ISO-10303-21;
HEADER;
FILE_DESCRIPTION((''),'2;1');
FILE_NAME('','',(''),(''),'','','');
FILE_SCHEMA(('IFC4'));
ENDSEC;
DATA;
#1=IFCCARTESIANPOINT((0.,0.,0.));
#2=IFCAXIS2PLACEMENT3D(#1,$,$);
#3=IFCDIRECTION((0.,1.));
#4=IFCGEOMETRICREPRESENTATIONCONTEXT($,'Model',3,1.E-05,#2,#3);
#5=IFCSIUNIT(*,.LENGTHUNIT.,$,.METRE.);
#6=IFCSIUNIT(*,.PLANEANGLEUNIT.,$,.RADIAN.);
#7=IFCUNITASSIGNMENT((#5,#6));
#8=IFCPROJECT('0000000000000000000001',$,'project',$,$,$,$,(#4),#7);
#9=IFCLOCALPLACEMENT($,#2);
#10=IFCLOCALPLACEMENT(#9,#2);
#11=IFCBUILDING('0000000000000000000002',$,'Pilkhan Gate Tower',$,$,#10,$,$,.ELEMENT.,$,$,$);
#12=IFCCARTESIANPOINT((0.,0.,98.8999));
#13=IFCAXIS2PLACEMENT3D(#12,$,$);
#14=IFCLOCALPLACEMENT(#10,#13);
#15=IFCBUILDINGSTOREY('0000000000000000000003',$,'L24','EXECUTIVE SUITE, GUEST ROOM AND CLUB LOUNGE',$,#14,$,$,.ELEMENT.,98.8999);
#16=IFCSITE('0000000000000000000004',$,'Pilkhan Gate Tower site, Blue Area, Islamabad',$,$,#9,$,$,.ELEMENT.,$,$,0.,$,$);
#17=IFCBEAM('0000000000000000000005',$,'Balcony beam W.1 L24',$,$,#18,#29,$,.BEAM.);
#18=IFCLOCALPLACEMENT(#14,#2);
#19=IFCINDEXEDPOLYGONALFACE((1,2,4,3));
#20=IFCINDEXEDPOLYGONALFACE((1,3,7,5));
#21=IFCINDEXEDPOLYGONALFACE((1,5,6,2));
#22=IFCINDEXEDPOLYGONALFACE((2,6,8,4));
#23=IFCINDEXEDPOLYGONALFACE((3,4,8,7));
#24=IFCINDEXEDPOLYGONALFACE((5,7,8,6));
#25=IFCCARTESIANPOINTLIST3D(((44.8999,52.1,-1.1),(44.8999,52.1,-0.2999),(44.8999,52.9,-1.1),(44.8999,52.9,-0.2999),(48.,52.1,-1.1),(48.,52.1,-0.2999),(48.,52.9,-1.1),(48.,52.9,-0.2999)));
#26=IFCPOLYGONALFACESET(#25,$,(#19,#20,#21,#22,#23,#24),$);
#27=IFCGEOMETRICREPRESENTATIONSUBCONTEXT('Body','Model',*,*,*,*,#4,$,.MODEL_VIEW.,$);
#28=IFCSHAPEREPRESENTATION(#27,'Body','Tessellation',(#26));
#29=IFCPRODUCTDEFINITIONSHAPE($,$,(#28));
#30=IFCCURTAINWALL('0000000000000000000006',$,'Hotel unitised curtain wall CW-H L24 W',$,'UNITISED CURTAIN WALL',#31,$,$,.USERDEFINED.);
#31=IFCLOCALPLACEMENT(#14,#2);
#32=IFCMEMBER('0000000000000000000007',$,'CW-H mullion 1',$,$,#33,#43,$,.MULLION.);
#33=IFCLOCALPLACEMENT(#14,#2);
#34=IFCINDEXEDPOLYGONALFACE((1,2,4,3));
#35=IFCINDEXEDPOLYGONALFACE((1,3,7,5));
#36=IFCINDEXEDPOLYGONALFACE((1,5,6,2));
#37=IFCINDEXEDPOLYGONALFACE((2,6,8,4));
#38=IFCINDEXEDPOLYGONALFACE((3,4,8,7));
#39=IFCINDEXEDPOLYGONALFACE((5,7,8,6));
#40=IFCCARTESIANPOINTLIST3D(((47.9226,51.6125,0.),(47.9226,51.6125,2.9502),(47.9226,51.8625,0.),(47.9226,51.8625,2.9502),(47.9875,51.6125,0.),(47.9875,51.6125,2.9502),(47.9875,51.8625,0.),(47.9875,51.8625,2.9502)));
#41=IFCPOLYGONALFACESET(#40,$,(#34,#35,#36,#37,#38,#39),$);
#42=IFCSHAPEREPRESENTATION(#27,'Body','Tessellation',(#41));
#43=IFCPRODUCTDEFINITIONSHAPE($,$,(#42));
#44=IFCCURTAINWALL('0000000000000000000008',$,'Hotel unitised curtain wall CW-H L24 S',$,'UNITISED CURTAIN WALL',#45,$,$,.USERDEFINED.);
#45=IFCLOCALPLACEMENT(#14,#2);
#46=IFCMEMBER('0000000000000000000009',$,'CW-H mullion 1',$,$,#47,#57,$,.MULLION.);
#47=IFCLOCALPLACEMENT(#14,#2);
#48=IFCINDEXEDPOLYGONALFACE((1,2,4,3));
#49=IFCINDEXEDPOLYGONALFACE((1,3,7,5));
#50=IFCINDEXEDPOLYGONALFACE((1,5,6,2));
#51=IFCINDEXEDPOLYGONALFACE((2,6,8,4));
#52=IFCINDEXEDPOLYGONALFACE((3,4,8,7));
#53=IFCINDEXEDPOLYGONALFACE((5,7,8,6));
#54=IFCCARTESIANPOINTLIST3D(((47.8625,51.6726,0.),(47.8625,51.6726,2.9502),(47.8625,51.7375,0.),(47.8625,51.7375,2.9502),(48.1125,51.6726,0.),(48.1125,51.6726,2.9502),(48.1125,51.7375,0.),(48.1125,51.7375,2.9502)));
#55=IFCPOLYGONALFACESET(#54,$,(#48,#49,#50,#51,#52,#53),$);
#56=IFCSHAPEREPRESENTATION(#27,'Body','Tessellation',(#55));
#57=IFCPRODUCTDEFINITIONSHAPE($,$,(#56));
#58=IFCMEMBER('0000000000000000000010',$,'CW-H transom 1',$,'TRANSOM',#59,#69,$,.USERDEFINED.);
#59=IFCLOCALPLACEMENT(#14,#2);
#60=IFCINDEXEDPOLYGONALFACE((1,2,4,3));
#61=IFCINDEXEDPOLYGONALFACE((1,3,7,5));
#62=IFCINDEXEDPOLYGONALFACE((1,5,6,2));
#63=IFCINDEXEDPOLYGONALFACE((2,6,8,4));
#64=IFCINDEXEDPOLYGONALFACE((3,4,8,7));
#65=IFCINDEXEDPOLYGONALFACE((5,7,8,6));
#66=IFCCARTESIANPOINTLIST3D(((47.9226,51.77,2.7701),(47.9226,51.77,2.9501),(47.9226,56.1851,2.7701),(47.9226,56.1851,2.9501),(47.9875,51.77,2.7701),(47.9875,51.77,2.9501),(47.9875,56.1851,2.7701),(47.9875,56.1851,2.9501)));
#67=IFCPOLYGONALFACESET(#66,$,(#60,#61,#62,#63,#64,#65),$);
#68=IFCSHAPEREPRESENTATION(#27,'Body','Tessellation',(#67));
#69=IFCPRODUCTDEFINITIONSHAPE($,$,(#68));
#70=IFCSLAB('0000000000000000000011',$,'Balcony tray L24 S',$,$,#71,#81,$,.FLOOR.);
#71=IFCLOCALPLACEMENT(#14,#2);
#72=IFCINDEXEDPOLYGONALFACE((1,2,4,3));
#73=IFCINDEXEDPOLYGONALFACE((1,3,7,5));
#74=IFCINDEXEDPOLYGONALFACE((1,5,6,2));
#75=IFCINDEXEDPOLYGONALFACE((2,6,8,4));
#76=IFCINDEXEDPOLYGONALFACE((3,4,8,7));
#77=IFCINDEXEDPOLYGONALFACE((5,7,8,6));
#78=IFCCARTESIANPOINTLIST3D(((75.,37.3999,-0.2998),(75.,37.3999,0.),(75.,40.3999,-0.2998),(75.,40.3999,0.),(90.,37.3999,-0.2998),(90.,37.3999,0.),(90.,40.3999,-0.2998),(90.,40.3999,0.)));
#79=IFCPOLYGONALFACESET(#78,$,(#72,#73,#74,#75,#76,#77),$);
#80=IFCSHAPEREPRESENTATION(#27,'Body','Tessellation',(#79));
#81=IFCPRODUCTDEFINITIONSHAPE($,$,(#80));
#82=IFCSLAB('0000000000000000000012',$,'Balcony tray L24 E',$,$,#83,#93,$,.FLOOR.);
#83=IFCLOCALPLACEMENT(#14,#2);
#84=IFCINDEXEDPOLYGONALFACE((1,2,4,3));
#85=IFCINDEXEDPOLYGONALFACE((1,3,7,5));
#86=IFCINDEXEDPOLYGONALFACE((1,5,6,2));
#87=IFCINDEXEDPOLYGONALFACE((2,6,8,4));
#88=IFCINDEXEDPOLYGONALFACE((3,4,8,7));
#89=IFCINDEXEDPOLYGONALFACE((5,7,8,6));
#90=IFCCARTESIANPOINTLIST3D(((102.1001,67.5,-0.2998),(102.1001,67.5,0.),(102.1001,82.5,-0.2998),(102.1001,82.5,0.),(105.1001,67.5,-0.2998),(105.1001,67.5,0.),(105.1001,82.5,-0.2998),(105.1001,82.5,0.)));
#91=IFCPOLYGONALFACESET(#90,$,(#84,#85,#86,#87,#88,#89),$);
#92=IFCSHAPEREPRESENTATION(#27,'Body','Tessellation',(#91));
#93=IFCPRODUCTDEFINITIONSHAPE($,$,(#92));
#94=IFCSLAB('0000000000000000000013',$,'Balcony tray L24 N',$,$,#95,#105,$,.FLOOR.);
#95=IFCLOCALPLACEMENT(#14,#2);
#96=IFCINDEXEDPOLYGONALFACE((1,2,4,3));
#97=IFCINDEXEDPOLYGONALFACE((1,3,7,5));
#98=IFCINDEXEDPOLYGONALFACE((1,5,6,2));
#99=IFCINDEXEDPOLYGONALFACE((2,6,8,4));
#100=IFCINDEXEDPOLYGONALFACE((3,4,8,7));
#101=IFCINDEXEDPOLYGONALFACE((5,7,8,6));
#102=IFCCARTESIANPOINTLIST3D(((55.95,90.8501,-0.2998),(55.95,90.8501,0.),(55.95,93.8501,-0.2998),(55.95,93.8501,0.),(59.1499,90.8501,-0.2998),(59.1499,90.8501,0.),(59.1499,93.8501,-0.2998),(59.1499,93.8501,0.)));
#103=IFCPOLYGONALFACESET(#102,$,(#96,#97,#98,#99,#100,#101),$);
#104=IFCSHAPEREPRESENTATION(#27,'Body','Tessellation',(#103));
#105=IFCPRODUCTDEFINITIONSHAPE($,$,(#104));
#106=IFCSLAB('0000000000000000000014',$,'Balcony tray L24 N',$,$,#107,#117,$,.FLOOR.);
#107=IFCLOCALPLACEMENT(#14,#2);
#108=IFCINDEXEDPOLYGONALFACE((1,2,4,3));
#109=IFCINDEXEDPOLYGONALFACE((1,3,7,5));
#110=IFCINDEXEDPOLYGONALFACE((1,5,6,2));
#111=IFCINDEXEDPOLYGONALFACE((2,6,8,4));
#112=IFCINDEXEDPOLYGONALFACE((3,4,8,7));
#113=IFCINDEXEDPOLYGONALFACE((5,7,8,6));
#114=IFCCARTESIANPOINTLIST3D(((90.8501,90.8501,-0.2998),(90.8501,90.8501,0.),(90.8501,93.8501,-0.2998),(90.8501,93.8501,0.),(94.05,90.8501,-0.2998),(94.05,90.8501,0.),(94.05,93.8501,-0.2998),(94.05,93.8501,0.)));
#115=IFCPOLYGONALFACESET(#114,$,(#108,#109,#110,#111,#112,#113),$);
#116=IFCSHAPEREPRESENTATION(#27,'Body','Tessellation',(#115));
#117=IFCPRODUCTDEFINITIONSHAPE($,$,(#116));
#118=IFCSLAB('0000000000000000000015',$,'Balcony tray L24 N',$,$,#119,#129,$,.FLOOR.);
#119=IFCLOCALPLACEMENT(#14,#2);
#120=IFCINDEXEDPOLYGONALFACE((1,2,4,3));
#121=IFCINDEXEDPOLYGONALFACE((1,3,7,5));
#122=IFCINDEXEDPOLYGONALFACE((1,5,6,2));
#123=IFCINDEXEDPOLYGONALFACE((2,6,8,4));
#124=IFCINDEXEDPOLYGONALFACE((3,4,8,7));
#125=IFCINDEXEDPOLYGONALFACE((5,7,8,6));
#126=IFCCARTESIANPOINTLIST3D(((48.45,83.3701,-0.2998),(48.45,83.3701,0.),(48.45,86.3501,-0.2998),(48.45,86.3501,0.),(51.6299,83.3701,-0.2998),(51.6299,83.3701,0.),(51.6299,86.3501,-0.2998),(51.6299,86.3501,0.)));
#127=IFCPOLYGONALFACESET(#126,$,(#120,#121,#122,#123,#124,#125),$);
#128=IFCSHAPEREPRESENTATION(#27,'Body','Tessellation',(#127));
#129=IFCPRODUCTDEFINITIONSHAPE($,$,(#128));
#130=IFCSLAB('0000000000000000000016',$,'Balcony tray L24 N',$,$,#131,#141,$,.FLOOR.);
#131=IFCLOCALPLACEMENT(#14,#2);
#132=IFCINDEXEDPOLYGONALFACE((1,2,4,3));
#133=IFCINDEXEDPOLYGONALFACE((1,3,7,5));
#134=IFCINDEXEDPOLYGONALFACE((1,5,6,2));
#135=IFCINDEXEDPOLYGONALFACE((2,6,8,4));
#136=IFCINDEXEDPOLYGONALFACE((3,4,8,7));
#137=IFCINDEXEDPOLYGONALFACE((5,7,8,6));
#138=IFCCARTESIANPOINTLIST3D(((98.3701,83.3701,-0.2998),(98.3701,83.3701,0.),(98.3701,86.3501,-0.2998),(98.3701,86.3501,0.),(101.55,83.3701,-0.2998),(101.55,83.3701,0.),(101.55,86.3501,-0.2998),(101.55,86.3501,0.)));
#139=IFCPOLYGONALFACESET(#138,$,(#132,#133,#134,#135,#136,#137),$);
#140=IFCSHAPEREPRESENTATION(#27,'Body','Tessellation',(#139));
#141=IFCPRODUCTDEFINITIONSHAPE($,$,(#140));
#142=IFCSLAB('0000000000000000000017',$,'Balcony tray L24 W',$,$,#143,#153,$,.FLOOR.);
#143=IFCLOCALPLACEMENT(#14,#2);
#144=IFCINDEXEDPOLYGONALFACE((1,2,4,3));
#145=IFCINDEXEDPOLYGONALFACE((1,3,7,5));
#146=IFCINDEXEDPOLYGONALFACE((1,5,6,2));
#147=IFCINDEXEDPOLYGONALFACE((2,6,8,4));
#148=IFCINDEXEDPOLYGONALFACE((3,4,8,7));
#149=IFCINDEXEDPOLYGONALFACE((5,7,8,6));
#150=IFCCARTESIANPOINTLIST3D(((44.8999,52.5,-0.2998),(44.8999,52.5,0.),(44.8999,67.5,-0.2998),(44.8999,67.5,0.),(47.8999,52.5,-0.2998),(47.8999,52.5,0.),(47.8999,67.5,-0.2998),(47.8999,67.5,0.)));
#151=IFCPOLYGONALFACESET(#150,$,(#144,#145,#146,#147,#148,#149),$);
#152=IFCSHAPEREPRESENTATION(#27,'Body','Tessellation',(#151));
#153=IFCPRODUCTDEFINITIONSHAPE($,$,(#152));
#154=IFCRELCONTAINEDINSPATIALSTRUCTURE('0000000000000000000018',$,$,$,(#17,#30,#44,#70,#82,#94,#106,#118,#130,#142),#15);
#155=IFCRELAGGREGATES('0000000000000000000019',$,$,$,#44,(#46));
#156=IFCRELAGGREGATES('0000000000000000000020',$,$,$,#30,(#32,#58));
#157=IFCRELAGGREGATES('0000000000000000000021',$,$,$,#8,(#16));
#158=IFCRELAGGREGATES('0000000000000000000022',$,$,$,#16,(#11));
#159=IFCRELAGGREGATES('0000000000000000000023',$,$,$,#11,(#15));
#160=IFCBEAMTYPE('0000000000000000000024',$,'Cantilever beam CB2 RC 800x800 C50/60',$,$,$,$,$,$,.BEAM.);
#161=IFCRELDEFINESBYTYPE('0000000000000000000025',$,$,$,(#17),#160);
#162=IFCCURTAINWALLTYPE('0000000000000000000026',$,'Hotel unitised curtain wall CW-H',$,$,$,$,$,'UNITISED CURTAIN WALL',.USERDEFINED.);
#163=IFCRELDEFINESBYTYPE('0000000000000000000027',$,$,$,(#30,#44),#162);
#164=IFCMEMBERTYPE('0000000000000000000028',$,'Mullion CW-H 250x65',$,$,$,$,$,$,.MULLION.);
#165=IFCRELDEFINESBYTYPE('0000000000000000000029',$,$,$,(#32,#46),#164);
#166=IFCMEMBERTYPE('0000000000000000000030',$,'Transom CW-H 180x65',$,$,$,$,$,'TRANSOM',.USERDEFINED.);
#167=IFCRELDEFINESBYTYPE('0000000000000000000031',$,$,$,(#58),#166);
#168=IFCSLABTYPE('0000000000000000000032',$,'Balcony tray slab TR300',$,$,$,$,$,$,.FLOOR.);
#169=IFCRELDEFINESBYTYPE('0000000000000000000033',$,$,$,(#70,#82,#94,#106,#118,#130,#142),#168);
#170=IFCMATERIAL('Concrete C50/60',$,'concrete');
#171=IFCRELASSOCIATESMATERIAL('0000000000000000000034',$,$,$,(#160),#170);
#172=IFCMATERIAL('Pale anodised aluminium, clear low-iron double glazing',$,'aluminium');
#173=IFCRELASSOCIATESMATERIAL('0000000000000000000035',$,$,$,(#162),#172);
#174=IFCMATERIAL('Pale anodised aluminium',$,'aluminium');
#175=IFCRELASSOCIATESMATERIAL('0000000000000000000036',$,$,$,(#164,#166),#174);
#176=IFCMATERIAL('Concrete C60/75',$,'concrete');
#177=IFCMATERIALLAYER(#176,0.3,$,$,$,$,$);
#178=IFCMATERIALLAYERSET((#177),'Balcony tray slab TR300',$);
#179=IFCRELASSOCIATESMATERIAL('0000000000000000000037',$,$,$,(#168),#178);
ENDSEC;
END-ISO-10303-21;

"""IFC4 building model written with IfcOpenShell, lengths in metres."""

from ifc_helpers import new_model, si_unit, direction, frame, origin, origin_2d, place, context, subcontext, project, spatial, polyline, rectangle, outline, extrude, material, layer, layer_set, material_profile, profile_set, type_object, element, aggregate, save


model = new_model("IFC4")

# Units and contexts
model_context = context("Model", 3, precision=1e-05, world=origin(), true_north=direction((0.0, 1.0)))
body_context = subcontext(model_context, "Body", "Model", "MODEL_VIEW")
ifc_project = project(units=[si_unit("LENGTHUNIT", "METRE"), si_unit("PLANEANGLEUNIT", "RADIAN")], contexts=[model_context])

# Site, building, storey
site_placement = place(None, origin())
site = spatial("IfcSite", under=ifc_project, at=site_placement, Name="Pilkhan Gate Tower site, Blue Area, Islamabad", CompositionType="ELEMENT", RefElevation=0.0)
building_placement = place(site_placement, origin())
building = spatial("IfcBuilding", under=site, at=building_placement, Name="Pilkhan Gate Tower", CompositionType="ELEMENT")
storey_placement = place(building_placement, frame((0.0, 0.0, 98.8999)))
storey = spatial("IfcBuildingStorey", under=building, at=storey_placement, Name="L24", Description="EXECUTIVE SUITE, GUEST ROOM AND CLUB LOUNGE", CompositionType="ELEMENT", Elevation=98.8999)

# Beam
ifc_material_1 = material(Name="Concrete C50/60", Category="concrete")
ifc_material_profile_1 = material_profile(ifc_material_1, rectangle(XDim=0.8, YDim=0.8, at=origin_2d()), Name="RC 800x800")
ifc_profile_set_1 = profile_set([ifc_material_profile_1], Name="Concrete C50/60")
beam_type = type_object("IfcBeamType", Name="Cantilever beam CB2 RC 800x800 C50/60", PredefinedType="BEAM", material=ifc_profile_set_1)
beam_placement = place(storey_placement, frame((48.0, 52.5, -0.7), z_axis=(-1.0, 0.0, 0.0), x_axis=(0.0, -1.0, 0.0)))
element("IfcBeam", 1, at=beam_placement, inside=storey, type_object=beam_type, Name="Balcony beam W.1 L24", PredefinedType="BEAM", context=body_context, shape_type="SweptSolid", body=[
    extrude(rectangle(XDim=0.8, YDim=0.8, at=origin_2d()), origin(), (0.0, 0.0, 1.0), 3.1001),
])

# Curtain walls, members
ifc_material_2 = material(Name="Pale anodised aluminium, clear low-iron double glazing", Category="aluminium")
curtain_wall_type = type_object("IfcCurtainWallType", Name="Hotel unitised curtain wall CW-H", ElementType="UNITISED CURTAIN WALL", PredefinedType="USERDEFINED", material=ifc_material_2)
curtain_wall_1_placement = place(storey_placement, origin())
curtain_wall_1 = element("IfcCurtainWall", 2, at=curtain_wall_1_placement, inside=storey, type_object=curtain_wall_type, Name="Hotel unitised curtain wall CW-H L24 W", ObjectType="UNITISED CURTAIN WALL", PredefinedType="USERDEFINED")
ifc_material_3 = material(Name="Pale anodised aluminium", Category="aluminium")
ifc_material_profile_2 = material_profile(ifc_material_3, rectangle(XDim=0.0649, YDim=0.25, at=origin_2d()), Name="Mullion 250x65")
ifc_profile_set_2 = profile_set([ifc_material_profile_2], Name="Pale anodised aluminium")
member_type_1 = type_object("IfcMemberType", Name="Mullion CW-H 250x65", PredefinedType="MULLION", material=ifc_profile_set_2)
member_1_placement = place(storey_placement, frame((47.9551, 51.7375, 0.0), z_axis=(0.0, 0.0, 1.0), x_axis=(-1.0, 0.0, 0.0)))
member_1 = element("IfcMember", 3, at=member_1_placement, type_object=member_type_1, Name="CW-H mullion 1", PredefinedType="MULLION", context=body_context, shape_type="SweptSolid", body=[
    extrude(rectangle(XDim=0.0649, YDim=0.25, at=origin_2d()), origin(), (0.0, 0.0, 1.0), 2.9502),
])
curtain_wall_2_placement = place(storey_placement, origin())
curtain_wall_2 = element("IfcCurtainWall", 4, at=curtain_wall_2_placement, inside=storey, type_object=curtain_wall_type, Name="Hotel unitised curtain wall CW-H L24 S", ObjectType="UNITISED CURTAIN WALL", PredefinedType="USERDEFINED")
member_2_placement = place(storey_placement, frame((47.9875, 51.7051, 0.0), z_axis=(0.0, 0.0, 1.0), x_axis=(0.0, 1.0, 0.0)))
member_2 = element("IfcMember", 5, at=member_2_placement, type_object=member_type_1, Name="CW-H mullion 1", PredefinedType="MULLION", context=body_context, shape_type="SweptSolid", body=[
    extrude(rectangle(XDim=0.0649, YDim=0.25, at=origin_2d()), origin(), (0.0, 0.0, 1.0), 2.9502),
])
aggregate(curtain_wall_2, [member_2])

# Member
ifc_material_profile_3 = material_profile(ifc_material_3, rectangle(XDim=0.0649, YDim=0.1799, at=origin_2d()), Name="Transom 180x65")
ifc_profile_set_3 = profile_set([ifc_material_profile_3], Name="Pale anodised aluminium")
member_type_2 = type_object("IfcMemberType", Name="Transom CW-H 180x65", ElementType="TRANSOM", PredefinedType="USERDEFINED", material=ifc_profile_set_3)
member_3_placement = place(storey_placement, frame((47.9551, 51.77, 2.8601), z_axis=(0.0, 1.0, 0.0), x_axis=(-1.0, 0.0, 0.0)))
member_3 = element("IfcMember", 6, at=member_3_placement, type_object=member_type_2, Name="CW-H transom 1", ObjectType="TRANSOM", PredefinedType="USERDEFINED", context=body_context, shape_type="SweptSolid", body=[
    extrude(rectangle(XDim=0.0649, YDim=0.1799, at=origin_2d()), origin(), (0.0, 0.0, 1.0), 4.415),
])
aggregate(curtain_wall_1, [member_1, member_3])

# Slabs
ifc_material_4 = material(Name="Concrete C60/75", Category="concrete")
ifc_layer_1 = layer(ifc_material_4, 0.3)
ifc_layer_set_1 = layer_set([ifc_layer_1], Name="Balcony tray slab TR300")
slab_type_1 = type_object("IfcSlabType", Name="Balcony tray slab TR300", PredefinedType="FLOOR", material=ifc_layer_set_1)
slab_1_placement = place(storey_placement, frame((0.0, 0.0, -0.2998)))
element("IfcSlab", 7, at=slab_1_placement, inside=storey, type_object=slab_type_1, Name="Balcony tray L24 S", PredefinedType="FLOOR", context=body_context, shape_type="SweptSolid", body=[
    extrude(outline(polyline([(90.0, 37.3999), (90.0, 40.3999), (75.0, 40.3999), (75.0, 37.3999), (90.0, 37.3999)])), origin(), (0.0, 0.0, 1.0), 0.2998),
])
slab_2_placement = place(storey_placement, frame((0.0, 0.0, -0.2998)))
element("IfcSlab", 8, at=slab_2_placement, inside=storey, type_object=slab_type_1, Name="Balcony tray L24 E", PredefinedType="FLOOR", context=body_context, shape_type="SweptSolid", body=[
    extrude(outline(polyline([(105.1001, 67.5), (105.1001, 82.5), (102.1001, 82.5), (102.1001, 67.5), (105.1001, 67.5)])), origin(), (0.0, 0.0, 1.0), 0.2998),
])
slab_3_placement = place(storey_placement, frame((0.0, 0.0, -0.2998)))
element("IfcSlab", 9, at=slab_3_placement, inside=storey, type_object=slab_type_1, Name="Balcony tray L24 N", PredefinedType="FLOOR", context=body_context, shape_type="SweptSolid", body=[
    extrude(outline(polyline([(59.1499, 90.8501), (59.1499, 93.8501), (55.95, 93.8501), (55.95, 90.8501), (59.1499, 90.8501)])), origin(), (0.0, 0.0, 1.0), 0.2998),
])
slab_4_placement = place(storey_placement, frame((0.0, 0.0, -0.2998)))
element("IfcSlab", 10, at=slab_4_placement, inside=storey, type_object=slab_type_1, Name="Balcony tray L24 N", PredefinedType="FLOOR", context=body_context, shape_type="SweptSolid", body=[
    extrude(outline(polyline([(94.05, 90.8501), (94.05, 93.8501), (90.8501, 93.8501), (90.8501, 90.8501), (94.05, 90.8501)])), origin(), (0.0, 0.0, 1.0), 0.2998),
])
slab_5_placement = place(storey_placement, frame((0.0, 0.0, -0.2998)))
element("IfcSlab", 11, at=slab_5_placement, inside=storey, type_object=slab_type_1, Name="Balcony tray L24 N", PredefinedType="FLOOR", context=body_context, shape_type="SweptSolid", body=[
    extrude(outline(polyline([(51.6299, 83.3701), (51.6299, 86.3501), (48.45, 86.3501), (48.45, 83.3701), (51.6299, 83.3701)])), origin(), (0.0, 0.0, 1.0), 0.2998),
])
slab_6_placement = place(storey_placement, frame((0.0, 0.0, -0.2998)))
element("IfcSlab", 12, at=slab_6_placement, inside=storey, type_object=slab_type_1, Name="Balcony tray L24 N", PredefinedType="FLOOR", context=body_context, shape_type="SweptSolid", body=[
    extrude(outline(polyline([(101.55, 83.3701), (101.55, 86.3501), (98.3701, 86.3501), (98.3701, 83.3701), (101.55, 83.3701)])), origin(), (0.0, 0.0, 1.0), 0.2998),
])
slab_7_placement = place(storey_placement, frame((0.0, 0.0, -0.2998)))
element("IfcSlab", 13, at=slab_7_placement, inside=storey, type_object=slab_type_1, Name="Balcony tray L24 W", PredefinedType="FLOOR", context=body_context, shape_type="SweptSolid", body=[
    extrude(outline(polyline([(47.8999, 52.5), (47.8999, 67.5), (44.8999, 67.5), (44.8999, 52.5), (47.8999, 52.5)])), origin(), (0.0, 0.0, 1.0), 0.2998),
])

save(model, "model.ifc")
